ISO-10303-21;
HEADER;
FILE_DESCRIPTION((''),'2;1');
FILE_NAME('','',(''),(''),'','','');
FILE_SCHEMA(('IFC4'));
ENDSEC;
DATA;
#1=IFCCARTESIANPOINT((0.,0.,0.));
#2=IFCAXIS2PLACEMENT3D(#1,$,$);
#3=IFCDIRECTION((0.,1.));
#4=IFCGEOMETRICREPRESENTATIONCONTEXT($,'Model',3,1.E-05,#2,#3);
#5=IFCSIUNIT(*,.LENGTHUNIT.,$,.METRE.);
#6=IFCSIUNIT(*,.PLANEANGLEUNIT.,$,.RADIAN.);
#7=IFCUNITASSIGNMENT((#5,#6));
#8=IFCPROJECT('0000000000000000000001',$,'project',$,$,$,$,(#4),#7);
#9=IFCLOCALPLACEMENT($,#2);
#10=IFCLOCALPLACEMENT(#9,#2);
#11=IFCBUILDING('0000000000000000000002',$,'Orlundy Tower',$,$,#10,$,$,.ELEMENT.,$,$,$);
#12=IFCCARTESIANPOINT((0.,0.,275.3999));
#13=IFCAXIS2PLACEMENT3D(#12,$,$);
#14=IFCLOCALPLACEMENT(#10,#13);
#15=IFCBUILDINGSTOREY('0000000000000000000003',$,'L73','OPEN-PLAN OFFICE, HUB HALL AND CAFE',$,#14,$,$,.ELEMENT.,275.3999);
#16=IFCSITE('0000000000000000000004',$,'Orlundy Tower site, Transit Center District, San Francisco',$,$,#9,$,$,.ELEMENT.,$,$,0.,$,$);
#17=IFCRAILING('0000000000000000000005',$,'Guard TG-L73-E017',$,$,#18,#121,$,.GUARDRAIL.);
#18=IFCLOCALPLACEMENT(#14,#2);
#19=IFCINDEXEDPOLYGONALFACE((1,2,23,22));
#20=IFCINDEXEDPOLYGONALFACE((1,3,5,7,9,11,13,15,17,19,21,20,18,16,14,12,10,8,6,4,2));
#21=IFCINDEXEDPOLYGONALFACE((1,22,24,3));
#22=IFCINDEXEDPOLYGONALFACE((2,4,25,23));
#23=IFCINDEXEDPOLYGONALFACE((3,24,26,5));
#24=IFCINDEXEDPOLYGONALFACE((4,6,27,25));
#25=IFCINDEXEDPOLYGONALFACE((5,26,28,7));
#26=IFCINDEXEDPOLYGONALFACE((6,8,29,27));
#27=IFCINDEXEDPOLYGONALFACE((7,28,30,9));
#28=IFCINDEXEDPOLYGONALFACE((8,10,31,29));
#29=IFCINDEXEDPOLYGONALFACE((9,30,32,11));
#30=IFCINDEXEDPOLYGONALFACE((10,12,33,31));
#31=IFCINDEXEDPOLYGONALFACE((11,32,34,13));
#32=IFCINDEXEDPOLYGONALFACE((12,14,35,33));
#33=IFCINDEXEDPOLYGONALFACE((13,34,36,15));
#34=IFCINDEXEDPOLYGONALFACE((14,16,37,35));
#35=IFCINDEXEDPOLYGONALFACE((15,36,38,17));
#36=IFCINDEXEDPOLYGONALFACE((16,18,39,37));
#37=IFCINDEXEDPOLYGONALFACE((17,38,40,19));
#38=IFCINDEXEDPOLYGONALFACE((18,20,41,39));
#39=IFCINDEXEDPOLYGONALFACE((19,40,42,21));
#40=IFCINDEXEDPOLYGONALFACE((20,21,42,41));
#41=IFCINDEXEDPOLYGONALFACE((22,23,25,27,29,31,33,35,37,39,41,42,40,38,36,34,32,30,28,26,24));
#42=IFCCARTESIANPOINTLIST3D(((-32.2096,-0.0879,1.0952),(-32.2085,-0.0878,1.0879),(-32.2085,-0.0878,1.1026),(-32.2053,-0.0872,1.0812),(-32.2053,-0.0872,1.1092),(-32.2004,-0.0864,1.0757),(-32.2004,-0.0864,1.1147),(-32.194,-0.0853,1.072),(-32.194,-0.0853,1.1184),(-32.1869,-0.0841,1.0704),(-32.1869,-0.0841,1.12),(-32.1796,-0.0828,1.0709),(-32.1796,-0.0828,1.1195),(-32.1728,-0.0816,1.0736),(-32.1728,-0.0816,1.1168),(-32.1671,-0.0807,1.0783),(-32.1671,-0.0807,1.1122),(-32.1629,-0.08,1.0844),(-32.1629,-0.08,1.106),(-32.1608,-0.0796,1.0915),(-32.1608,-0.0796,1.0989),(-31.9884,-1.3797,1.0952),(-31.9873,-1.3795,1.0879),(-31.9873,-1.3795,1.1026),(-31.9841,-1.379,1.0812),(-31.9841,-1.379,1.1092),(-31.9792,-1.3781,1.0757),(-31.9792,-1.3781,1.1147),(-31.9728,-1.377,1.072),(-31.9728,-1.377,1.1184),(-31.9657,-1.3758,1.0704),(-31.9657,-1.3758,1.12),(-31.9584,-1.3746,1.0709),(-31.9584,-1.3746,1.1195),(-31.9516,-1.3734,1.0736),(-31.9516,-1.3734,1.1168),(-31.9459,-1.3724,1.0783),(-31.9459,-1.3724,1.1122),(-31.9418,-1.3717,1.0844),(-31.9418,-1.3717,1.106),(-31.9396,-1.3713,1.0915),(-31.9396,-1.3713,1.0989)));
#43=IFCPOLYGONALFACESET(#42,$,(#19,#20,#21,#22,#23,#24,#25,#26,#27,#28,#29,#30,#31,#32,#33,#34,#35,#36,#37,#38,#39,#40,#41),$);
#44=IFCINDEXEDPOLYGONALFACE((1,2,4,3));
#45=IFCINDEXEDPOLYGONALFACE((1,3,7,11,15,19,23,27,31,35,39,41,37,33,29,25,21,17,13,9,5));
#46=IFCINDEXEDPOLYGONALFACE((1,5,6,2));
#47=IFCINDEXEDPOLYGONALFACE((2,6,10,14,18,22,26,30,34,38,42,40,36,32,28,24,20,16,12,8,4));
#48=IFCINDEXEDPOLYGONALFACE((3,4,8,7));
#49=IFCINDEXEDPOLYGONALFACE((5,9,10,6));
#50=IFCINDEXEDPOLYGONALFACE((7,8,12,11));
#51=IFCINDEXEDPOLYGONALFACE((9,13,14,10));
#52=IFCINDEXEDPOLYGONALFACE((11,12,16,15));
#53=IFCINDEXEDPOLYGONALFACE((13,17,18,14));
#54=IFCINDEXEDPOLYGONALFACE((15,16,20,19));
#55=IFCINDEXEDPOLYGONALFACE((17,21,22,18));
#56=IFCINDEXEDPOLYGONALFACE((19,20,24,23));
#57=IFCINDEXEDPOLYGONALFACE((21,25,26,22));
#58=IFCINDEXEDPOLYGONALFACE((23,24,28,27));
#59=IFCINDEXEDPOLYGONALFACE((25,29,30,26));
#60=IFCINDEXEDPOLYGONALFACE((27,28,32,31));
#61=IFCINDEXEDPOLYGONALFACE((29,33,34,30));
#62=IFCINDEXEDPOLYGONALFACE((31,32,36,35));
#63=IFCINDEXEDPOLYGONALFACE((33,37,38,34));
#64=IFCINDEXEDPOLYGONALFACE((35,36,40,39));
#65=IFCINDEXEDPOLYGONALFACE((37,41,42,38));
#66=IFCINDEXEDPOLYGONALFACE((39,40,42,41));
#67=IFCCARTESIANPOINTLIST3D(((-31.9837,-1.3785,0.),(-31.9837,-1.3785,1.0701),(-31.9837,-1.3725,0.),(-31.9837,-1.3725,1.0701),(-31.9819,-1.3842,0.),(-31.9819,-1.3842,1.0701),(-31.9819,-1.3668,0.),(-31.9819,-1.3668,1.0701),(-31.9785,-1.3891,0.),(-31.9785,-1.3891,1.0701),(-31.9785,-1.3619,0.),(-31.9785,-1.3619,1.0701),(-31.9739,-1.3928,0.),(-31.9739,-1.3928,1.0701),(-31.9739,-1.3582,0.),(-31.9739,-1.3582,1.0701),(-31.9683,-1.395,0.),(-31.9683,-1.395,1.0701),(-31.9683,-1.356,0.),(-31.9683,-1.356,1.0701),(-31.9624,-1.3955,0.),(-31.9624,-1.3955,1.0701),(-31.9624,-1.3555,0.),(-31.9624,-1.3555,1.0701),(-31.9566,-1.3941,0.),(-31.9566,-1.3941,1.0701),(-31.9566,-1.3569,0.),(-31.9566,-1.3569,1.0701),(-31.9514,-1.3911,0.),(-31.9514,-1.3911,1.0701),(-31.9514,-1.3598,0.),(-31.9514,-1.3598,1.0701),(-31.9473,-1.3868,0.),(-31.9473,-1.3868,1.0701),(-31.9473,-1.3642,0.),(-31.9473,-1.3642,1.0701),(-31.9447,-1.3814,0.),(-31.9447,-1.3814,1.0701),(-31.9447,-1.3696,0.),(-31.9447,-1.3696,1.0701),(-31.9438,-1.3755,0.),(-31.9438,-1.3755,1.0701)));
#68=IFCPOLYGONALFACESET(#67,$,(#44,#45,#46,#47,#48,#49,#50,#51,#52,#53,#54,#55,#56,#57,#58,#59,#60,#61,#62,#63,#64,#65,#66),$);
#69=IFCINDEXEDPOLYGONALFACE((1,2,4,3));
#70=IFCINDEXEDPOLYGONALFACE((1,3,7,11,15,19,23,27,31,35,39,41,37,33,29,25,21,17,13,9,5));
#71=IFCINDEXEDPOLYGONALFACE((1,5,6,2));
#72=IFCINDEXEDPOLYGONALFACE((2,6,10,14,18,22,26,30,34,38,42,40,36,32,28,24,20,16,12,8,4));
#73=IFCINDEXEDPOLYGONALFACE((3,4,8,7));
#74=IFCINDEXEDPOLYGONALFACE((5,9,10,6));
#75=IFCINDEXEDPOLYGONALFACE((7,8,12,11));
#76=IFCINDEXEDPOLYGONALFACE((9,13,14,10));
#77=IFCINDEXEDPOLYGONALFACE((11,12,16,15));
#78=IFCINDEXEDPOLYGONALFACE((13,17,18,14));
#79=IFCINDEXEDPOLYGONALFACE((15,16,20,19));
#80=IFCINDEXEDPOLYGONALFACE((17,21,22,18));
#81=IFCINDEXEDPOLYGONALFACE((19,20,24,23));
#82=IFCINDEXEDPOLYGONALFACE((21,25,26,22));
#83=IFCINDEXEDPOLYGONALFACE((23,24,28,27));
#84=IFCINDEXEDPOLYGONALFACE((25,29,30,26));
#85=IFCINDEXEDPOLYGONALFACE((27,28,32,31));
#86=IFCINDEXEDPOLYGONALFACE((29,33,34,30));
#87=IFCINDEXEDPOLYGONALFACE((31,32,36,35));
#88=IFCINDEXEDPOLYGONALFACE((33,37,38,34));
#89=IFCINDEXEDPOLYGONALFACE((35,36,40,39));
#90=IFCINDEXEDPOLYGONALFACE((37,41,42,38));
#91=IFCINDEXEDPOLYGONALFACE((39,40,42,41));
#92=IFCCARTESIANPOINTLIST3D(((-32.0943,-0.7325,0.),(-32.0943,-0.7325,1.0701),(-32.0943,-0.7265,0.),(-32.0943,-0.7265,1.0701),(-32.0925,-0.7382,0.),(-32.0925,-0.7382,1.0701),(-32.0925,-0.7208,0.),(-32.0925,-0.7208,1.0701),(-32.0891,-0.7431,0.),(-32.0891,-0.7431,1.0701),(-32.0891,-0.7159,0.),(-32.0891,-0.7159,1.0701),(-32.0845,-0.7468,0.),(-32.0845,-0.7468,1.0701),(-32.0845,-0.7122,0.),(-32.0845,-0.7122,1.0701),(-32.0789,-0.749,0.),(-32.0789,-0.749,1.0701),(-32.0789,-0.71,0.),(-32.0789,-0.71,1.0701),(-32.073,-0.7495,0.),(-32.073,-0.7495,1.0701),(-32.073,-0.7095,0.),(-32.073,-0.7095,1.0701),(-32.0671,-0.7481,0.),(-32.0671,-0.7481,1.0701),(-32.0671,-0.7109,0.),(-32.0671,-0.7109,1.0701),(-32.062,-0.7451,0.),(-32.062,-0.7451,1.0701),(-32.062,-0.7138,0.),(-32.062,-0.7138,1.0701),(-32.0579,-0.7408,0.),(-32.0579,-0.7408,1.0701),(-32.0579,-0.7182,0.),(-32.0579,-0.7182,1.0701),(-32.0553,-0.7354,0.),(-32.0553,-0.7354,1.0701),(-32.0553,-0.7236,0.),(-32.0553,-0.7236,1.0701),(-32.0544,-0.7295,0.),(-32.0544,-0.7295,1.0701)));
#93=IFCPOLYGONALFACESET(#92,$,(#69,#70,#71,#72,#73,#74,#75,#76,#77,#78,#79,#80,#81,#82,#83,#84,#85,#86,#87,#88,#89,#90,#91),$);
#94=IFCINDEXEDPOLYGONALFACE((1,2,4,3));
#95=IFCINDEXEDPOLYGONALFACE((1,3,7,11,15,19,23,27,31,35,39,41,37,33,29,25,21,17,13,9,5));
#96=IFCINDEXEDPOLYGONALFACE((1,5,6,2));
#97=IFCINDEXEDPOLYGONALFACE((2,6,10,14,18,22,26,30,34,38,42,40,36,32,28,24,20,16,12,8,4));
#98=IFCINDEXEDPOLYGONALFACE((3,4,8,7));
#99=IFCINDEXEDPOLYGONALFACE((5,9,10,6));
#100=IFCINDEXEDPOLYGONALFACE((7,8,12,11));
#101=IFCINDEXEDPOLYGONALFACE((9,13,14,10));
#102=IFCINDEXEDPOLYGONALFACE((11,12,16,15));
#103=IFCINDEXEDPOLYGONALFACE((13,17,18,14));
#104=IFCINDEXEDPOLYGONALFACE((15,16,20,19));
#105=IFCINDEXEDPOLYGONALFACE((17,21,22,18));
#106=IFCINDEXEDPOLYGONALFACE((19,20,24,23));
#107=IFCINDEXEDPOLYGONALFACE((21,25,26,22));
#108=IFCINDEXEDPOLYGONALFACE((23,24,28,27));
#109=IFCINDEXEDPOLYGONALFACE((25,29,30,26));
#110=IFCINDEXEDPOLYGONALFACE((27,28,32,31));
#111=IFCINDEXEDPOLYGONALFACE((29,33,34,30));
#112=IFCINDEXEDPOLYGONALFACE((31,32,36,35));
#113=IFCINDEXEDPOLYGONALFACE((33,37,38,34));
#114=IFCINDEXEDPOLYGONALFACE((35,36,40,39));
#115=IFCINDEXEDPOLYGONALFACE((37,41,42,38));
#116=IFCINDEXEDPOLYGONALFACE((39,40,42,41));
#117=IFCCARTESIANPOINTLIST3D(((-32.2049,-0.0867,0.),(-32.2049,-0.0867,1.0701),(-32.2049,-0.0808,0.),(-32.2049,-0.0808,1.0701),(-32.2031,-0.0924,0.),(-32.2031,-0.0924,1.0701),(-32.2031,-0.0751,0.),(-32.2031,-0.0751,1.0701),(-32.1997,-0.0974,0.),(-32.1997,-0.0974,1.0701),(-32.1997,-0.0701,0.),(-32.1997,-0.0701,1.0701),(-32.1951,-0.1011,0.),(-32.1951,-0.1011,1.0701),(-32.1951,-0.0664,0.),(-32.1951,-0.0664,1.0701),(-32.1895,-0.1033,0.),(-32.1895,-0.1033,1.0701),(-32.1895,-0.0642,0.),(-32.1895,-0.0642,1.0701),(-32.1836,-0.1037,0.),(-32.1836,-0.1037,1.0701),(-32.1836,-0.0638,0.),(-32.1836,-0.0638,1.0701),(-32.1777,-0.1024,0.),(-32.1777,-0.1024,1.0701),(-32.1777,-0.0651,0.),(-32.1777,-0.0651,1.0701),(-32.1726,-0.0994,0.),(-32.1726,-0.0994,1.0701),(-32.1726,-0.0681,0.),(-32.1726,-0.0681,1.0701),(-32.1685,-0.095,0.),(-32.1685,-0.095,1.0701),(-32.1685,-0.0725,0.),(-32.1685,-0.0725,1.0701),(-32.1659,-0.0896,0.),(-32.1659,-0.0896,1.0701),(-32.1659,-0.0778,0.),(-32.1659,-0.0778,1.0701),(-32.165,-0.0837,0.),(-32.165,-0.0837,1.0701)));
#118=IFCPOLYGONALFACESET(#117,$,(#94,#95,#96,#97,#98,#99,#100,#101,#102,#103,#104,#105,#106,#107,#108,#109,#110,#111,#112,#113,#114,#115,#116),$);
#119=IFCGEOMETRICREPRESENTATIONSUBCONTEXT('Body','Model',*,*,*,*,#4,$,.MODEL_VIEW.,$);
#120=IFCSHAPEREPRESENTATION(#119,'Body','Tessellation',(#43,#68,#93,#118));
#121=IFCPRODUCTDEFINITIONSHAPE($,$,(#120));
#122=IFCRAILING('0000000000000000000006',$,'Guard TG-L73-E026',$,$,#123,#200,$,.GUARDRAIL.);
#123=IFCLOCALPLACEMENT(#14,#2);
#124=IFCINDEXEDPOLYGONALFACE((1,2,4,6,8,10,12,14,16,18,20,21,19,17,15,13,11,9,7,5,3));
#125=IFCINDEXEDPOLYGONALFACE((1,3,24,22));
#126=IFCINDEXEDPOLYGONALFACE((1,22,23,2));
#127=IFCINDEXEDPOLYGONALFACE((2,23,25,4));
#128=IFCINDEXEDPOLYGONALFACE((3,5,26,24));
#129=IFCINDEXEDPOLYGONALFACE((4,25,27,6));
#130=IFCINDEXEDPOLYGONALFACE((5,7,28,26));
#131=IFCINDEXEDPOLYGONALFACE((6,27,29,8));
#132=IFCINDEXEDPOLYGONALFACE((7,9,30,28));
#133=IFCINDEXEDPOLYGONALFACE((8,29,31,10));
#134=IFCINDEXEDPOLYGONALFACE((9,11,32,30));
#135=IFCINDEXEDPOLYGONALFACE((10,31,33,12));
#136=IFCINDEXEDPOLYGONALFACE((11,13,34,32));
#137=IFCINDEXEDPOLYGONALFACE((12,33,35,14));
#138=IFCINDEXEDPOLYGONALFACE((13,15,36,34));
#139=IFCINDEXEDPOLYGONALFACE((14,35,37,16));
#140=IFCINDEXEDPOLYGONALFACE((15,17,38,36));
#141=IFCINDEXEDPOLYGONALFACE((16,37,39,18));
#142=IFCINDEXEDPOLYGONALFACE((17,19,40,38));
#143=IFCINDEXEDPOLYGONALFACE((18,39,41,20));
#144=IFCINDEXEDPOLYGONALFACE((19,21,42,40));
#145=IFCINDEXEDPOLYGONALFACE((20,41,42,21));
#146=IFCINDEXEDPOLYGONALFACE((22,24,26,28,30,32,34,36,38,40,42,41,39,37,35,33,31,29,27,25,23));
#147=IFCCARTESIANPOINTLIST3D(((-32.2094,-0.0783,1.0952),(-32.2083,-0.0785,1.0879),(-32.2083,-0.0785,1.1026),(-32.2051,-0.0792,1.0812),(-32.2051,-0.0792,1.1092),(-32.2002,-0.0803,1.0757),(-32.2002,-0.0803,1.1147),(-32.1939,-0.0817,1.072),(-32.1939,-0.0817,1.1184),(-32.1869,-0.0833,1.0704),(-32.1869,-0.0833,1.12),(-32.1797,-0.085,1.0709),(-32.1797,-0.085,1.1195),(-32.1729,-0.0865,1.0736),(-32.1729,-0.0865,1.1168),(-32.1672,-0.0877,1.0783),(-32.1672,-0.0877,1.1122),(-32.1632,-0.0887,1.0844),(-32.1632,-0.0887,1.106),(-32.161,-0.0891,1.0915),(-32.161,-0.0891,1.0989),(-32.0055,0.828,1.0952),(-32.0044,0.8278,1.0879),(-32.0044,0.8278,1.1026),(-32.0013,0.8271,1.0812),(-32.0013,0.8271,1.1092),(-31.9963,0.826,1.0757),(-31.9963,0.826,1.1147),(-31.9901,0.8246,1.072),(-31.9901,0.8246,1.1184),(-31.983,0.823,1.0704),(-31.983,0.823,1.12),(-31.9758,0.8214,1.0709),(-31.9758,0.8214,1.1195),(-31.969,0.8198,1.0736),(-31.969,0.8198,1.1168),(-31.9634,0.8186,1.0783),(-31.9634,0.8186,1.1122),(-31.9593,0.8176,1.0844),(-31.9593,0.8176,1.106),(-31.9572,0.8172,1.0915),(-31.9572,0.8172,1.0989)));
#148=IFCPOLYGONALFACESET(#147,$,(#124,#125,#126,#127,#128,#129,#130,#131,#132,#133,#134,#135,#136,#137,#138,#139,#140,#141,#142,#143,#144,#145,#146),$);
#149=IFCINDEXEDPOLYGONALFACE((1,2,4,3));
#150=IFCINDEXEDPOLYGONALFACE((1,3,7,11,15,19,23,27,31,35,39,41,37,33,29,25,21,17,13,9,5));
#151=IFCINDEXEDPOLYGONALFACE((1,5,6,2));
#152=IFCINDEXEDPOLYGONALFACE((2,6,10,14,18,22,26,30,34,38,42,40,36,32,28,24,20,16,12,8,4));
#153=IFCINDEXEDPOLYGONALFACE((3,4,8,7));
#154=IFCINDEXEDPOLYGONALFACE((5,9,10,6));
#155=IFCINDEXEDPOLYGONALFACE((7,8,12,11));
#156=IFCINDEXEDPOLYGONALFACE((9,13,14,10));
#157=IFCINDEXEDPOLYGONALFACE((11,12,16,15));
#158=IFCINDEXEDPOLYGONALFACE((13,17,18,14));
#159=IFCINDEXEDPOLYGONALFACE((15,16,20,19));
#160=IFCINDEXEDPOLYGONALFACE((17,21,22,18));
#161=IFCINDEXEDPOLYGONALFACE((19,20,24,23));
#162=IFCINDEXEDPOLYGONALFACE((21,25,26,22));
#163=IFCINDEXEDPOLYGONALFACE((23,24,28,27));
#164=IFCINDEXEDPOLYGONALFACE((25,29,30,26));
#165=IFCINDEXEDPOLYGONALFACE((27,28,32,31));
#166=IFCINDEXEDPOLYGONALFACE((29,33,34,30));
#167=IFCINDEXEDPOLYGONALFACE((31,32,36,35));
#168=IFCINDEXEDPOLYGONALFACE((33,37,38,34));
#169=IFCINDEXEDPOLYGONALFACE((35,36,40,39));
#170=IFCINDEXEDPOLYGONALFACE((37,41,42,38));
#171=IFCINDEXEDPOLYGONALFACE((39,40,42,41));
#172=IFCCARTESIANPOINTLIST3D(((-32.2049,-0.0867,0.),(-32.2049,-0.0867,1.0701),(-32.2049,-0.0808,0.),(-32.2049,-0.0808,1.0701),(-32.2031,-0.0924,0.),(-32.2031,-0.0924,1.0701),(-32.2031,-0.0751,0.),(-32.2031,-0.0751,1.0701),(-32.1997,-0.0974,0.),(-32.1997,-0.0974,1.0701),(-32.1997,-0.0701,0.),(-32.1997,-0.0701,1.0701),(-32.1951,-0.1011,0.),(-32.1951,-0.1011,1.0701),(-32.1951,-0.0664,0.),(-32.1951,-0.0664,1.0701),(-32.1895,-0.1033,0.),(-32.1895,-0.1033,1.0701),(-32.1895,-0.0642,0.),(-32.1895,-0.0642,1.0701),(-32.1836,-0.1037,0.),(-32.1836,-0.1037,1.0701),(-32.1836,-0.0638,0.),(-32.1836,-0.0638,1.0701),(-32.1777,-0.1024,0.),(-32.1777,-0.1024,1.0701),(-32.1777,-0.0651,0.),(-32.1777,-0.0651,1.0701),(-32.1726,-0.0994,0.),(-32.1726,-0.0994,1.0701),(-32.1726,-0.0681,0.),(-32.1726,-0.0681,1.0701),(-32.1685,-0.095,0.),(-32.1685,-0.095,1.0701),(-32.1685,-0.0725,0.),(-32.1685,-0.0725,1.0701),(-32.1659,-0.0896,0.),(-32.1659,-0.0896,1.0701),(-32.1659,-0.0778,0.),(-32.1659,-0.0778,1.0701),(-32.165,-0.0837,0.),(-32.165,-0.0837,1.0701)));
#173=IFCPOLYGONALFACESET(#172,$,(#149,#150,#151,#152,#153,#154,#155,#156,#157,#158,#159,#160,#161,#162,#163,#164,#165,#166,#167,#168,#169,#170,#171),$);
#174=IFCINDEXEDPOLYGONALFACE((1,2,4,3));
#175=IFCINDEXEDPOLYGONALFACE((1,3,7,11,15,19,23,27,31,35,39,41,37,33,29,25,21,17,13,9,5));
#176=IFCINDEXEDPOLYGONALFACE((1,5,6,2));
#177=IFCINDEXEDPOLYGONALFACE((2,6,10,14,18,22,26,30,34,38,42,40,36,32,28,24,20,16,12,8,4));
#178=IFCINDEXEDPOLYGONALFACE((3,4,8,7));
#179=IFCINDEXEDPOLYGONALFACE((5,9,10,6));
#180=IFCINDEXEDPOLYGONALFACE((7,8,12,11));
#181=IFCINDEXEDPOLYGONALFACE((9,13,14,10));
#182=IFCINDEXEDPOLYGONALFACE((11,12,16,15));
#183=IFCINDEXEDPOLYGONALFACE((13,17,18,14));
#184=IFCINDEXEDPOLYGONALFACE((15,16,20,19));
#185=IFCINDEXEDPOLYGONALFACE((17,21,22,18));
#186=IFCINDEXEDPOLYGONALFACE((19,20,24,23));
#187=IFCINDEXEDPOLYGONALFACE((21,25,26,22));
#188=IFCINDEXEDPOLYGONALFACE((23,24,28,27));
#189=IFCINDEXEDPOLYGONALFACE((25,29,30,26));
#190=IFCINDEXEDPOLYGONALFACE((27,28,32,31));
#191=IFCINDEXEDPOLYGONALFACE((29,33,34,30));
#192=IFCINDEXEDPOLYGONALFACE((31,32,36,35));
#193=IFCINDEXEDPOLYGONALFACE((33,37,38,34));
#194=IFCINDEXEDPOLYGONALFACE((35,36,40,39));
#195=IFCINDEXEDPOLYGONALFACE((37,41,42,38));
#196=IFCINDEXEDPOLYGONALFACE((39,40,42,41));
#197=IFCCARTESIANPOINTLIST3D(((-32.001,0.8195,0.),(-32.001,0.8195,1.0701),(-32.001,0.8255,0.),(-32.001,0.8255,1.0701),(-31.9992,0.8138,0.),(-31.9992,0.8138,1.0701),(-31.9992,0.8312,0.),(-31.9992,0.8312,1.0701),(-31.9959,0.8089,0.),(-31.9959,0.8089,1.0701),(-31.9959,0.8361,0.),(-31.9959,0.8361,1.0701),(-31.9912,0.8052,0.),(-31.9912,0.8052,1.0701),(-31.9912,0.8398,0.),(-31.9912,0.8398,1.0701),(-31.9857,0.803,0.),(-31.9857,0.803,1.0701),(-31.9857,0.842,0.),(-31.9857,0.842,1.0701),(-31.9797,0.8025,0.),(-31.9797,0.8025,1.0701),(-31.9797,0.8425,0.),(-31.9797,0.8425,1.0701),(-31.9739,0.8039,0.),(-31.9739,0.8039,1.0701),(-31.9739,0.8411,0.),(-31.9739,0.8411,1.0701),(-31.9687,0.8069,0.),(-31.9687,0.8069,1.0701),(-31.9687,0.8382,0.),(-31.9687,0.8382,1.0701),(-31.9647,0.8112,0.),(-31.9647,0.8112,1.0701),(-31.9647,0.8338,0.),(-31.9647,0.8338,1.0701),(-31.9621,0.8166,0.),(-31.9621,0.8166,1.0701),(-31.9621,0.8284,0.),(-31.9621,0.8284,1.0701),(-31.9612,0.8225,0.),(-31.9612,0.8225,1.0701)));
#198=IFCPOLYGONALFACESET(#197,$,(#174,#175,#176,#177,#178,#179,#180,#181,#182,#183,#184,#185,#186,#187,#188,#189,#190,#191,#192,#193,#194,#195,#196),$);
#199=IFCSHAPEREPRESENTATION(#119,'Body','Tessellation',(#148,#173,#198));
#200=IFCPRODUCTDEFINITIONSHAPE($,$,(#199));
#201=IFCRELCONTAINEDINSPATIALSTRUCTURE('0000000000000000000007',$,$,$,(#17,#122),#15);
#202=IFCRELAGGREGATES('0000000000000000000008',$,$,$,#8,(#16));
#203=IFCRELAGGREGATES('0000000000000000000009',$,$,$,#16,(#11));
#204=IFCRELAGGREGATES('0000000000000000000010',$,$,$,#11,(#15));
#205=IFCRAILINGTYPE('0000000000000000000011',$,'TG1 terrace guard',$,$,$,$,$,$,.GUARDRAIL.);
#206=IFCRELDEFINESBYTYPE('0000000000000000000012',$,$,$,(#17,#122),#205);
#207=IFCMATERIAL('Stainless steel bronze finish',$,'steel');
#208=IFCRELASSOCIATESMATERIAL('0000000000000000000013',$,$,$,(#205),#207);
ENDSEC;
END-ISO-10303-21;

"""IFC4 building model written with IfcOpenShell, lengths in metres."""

from ifc_helpers import new_model, si_unit, direction, frame, origin, origin_2d, place, context, subcontext, project, spatial, circle, extrude, material, type_object, element, save


model = new_model("IFC4")

# Units and contexts
model_context = context("Model", 3, precision=1e-05, world=origin(), true_north=direction((0.0, 1.0)))
body_context = subcontext(model_context, "Body", "Model", "MODEL_VIEW")
ifc_project = project(units=[si_unit("LENGTHUNIT", "METRE"), si_unit("PLANEANGLEUNIT", "RADIAN")], contexts=[model_context])

# Site, building, storey
site_placement = place(None, origin())
site = spatial("IfcSite", under=ifc_project, at=site_placement, Name="Orlundy Tower site, Transit Center District, San Francisco", CompositionType="ELEMENT", RefElevation=0.0)
building_placement = place(site_placement, origin())
building = spatial("IfcBuilding", under=site, at=building_placement, Name="Orlundy Tower", CompositionType="ELEMENT")
storey_placement = place(building_placement, frame((0.0, 0.0, 275.3999)))
storey = spatial("IfcBuildingStorey", under=building, at=storey_placement, Name="L73", Description="OPEN-PLAN OFFICE, HUB HALL AND CAFE", CompositionType="ELEMENT", Elevation=275.3999)

# Railings
ifc_material_1 = material(Name="Stainless steel bronze finish", Category="steel")
railing_type = type_object("IfcRailingType", Name="TG1 terrace guard", PredefinedType="GUARDRAIL", material=ifc_material_1)
railing_1_placement = place(storey_placement, frame((-31.9639, -1.3755, 0.0)))
element("IfcRailing", 1, at=railing_1_placement, inside=storey, type_object=railing_type, Name="Guard TG-L73-E017", PredefinedType="GUARDRAIL", context=body_context, shape_type="SweptSolid", body=[
    extrude(circle(Radius=0.0249, at=origin_2d()), frame((0.0, 0.0, 1.0952), z_axis=(-0.168778, 0.985654, 0.0), x_axis=(-0.985654, -0.168778, 0.0)), (0.0, 0.0, 1.0), 1.3105),
    extrude(circle(Radius=0.02, at=origin_2d()), origin(), (0.0, 0.0, 1.0), 1.0701),
    extrude(circle(Radius=0.02, at=origin_2d()), frame((-0.1106, 0.646, 0.0)), (0.0, 0.0, 1.0), 1.0701),
    extrude(circle(Radius=0.02, at=origin_2d()), frame((-0.2212, 1.2917, 0.0)), (0.0, 0.0, 1.0), 1.0701),
])
railing_2_placement = place(storey_placement, frame((-32.1851, -0.0837, 0.0)))
element("IfcRailing", 2, at=railing_2_placement, inside=storey, type_object=railing_type, Name="Guard TG-L73-E026", PredefinedType="GUARDRAIL", context=body_context, shape_type="SweptSolid", body=[
    extrude(circle(Radius=0.0249, at=origin_2d()), frame((0.0, 0.0, 1.0952), z_axis=(0.219462, 0.975621, 0.0), x_axis=(-0.975621, 0.219462, 0.0)), (0.0, 0.0, 1.0), 0.929),
    extrude(circle(Radius=0.02, at=origin_2d()), origin(), (0.0, 0.0, 1.0), 1.0701),
    extrude(circle(Radius=0.02, at=origin_2d()), frame((0.2039, 0.9062, 0.0)), (0.0, 0.0, 1.0), 1.0701),
])

save(model, "model.ifc")
